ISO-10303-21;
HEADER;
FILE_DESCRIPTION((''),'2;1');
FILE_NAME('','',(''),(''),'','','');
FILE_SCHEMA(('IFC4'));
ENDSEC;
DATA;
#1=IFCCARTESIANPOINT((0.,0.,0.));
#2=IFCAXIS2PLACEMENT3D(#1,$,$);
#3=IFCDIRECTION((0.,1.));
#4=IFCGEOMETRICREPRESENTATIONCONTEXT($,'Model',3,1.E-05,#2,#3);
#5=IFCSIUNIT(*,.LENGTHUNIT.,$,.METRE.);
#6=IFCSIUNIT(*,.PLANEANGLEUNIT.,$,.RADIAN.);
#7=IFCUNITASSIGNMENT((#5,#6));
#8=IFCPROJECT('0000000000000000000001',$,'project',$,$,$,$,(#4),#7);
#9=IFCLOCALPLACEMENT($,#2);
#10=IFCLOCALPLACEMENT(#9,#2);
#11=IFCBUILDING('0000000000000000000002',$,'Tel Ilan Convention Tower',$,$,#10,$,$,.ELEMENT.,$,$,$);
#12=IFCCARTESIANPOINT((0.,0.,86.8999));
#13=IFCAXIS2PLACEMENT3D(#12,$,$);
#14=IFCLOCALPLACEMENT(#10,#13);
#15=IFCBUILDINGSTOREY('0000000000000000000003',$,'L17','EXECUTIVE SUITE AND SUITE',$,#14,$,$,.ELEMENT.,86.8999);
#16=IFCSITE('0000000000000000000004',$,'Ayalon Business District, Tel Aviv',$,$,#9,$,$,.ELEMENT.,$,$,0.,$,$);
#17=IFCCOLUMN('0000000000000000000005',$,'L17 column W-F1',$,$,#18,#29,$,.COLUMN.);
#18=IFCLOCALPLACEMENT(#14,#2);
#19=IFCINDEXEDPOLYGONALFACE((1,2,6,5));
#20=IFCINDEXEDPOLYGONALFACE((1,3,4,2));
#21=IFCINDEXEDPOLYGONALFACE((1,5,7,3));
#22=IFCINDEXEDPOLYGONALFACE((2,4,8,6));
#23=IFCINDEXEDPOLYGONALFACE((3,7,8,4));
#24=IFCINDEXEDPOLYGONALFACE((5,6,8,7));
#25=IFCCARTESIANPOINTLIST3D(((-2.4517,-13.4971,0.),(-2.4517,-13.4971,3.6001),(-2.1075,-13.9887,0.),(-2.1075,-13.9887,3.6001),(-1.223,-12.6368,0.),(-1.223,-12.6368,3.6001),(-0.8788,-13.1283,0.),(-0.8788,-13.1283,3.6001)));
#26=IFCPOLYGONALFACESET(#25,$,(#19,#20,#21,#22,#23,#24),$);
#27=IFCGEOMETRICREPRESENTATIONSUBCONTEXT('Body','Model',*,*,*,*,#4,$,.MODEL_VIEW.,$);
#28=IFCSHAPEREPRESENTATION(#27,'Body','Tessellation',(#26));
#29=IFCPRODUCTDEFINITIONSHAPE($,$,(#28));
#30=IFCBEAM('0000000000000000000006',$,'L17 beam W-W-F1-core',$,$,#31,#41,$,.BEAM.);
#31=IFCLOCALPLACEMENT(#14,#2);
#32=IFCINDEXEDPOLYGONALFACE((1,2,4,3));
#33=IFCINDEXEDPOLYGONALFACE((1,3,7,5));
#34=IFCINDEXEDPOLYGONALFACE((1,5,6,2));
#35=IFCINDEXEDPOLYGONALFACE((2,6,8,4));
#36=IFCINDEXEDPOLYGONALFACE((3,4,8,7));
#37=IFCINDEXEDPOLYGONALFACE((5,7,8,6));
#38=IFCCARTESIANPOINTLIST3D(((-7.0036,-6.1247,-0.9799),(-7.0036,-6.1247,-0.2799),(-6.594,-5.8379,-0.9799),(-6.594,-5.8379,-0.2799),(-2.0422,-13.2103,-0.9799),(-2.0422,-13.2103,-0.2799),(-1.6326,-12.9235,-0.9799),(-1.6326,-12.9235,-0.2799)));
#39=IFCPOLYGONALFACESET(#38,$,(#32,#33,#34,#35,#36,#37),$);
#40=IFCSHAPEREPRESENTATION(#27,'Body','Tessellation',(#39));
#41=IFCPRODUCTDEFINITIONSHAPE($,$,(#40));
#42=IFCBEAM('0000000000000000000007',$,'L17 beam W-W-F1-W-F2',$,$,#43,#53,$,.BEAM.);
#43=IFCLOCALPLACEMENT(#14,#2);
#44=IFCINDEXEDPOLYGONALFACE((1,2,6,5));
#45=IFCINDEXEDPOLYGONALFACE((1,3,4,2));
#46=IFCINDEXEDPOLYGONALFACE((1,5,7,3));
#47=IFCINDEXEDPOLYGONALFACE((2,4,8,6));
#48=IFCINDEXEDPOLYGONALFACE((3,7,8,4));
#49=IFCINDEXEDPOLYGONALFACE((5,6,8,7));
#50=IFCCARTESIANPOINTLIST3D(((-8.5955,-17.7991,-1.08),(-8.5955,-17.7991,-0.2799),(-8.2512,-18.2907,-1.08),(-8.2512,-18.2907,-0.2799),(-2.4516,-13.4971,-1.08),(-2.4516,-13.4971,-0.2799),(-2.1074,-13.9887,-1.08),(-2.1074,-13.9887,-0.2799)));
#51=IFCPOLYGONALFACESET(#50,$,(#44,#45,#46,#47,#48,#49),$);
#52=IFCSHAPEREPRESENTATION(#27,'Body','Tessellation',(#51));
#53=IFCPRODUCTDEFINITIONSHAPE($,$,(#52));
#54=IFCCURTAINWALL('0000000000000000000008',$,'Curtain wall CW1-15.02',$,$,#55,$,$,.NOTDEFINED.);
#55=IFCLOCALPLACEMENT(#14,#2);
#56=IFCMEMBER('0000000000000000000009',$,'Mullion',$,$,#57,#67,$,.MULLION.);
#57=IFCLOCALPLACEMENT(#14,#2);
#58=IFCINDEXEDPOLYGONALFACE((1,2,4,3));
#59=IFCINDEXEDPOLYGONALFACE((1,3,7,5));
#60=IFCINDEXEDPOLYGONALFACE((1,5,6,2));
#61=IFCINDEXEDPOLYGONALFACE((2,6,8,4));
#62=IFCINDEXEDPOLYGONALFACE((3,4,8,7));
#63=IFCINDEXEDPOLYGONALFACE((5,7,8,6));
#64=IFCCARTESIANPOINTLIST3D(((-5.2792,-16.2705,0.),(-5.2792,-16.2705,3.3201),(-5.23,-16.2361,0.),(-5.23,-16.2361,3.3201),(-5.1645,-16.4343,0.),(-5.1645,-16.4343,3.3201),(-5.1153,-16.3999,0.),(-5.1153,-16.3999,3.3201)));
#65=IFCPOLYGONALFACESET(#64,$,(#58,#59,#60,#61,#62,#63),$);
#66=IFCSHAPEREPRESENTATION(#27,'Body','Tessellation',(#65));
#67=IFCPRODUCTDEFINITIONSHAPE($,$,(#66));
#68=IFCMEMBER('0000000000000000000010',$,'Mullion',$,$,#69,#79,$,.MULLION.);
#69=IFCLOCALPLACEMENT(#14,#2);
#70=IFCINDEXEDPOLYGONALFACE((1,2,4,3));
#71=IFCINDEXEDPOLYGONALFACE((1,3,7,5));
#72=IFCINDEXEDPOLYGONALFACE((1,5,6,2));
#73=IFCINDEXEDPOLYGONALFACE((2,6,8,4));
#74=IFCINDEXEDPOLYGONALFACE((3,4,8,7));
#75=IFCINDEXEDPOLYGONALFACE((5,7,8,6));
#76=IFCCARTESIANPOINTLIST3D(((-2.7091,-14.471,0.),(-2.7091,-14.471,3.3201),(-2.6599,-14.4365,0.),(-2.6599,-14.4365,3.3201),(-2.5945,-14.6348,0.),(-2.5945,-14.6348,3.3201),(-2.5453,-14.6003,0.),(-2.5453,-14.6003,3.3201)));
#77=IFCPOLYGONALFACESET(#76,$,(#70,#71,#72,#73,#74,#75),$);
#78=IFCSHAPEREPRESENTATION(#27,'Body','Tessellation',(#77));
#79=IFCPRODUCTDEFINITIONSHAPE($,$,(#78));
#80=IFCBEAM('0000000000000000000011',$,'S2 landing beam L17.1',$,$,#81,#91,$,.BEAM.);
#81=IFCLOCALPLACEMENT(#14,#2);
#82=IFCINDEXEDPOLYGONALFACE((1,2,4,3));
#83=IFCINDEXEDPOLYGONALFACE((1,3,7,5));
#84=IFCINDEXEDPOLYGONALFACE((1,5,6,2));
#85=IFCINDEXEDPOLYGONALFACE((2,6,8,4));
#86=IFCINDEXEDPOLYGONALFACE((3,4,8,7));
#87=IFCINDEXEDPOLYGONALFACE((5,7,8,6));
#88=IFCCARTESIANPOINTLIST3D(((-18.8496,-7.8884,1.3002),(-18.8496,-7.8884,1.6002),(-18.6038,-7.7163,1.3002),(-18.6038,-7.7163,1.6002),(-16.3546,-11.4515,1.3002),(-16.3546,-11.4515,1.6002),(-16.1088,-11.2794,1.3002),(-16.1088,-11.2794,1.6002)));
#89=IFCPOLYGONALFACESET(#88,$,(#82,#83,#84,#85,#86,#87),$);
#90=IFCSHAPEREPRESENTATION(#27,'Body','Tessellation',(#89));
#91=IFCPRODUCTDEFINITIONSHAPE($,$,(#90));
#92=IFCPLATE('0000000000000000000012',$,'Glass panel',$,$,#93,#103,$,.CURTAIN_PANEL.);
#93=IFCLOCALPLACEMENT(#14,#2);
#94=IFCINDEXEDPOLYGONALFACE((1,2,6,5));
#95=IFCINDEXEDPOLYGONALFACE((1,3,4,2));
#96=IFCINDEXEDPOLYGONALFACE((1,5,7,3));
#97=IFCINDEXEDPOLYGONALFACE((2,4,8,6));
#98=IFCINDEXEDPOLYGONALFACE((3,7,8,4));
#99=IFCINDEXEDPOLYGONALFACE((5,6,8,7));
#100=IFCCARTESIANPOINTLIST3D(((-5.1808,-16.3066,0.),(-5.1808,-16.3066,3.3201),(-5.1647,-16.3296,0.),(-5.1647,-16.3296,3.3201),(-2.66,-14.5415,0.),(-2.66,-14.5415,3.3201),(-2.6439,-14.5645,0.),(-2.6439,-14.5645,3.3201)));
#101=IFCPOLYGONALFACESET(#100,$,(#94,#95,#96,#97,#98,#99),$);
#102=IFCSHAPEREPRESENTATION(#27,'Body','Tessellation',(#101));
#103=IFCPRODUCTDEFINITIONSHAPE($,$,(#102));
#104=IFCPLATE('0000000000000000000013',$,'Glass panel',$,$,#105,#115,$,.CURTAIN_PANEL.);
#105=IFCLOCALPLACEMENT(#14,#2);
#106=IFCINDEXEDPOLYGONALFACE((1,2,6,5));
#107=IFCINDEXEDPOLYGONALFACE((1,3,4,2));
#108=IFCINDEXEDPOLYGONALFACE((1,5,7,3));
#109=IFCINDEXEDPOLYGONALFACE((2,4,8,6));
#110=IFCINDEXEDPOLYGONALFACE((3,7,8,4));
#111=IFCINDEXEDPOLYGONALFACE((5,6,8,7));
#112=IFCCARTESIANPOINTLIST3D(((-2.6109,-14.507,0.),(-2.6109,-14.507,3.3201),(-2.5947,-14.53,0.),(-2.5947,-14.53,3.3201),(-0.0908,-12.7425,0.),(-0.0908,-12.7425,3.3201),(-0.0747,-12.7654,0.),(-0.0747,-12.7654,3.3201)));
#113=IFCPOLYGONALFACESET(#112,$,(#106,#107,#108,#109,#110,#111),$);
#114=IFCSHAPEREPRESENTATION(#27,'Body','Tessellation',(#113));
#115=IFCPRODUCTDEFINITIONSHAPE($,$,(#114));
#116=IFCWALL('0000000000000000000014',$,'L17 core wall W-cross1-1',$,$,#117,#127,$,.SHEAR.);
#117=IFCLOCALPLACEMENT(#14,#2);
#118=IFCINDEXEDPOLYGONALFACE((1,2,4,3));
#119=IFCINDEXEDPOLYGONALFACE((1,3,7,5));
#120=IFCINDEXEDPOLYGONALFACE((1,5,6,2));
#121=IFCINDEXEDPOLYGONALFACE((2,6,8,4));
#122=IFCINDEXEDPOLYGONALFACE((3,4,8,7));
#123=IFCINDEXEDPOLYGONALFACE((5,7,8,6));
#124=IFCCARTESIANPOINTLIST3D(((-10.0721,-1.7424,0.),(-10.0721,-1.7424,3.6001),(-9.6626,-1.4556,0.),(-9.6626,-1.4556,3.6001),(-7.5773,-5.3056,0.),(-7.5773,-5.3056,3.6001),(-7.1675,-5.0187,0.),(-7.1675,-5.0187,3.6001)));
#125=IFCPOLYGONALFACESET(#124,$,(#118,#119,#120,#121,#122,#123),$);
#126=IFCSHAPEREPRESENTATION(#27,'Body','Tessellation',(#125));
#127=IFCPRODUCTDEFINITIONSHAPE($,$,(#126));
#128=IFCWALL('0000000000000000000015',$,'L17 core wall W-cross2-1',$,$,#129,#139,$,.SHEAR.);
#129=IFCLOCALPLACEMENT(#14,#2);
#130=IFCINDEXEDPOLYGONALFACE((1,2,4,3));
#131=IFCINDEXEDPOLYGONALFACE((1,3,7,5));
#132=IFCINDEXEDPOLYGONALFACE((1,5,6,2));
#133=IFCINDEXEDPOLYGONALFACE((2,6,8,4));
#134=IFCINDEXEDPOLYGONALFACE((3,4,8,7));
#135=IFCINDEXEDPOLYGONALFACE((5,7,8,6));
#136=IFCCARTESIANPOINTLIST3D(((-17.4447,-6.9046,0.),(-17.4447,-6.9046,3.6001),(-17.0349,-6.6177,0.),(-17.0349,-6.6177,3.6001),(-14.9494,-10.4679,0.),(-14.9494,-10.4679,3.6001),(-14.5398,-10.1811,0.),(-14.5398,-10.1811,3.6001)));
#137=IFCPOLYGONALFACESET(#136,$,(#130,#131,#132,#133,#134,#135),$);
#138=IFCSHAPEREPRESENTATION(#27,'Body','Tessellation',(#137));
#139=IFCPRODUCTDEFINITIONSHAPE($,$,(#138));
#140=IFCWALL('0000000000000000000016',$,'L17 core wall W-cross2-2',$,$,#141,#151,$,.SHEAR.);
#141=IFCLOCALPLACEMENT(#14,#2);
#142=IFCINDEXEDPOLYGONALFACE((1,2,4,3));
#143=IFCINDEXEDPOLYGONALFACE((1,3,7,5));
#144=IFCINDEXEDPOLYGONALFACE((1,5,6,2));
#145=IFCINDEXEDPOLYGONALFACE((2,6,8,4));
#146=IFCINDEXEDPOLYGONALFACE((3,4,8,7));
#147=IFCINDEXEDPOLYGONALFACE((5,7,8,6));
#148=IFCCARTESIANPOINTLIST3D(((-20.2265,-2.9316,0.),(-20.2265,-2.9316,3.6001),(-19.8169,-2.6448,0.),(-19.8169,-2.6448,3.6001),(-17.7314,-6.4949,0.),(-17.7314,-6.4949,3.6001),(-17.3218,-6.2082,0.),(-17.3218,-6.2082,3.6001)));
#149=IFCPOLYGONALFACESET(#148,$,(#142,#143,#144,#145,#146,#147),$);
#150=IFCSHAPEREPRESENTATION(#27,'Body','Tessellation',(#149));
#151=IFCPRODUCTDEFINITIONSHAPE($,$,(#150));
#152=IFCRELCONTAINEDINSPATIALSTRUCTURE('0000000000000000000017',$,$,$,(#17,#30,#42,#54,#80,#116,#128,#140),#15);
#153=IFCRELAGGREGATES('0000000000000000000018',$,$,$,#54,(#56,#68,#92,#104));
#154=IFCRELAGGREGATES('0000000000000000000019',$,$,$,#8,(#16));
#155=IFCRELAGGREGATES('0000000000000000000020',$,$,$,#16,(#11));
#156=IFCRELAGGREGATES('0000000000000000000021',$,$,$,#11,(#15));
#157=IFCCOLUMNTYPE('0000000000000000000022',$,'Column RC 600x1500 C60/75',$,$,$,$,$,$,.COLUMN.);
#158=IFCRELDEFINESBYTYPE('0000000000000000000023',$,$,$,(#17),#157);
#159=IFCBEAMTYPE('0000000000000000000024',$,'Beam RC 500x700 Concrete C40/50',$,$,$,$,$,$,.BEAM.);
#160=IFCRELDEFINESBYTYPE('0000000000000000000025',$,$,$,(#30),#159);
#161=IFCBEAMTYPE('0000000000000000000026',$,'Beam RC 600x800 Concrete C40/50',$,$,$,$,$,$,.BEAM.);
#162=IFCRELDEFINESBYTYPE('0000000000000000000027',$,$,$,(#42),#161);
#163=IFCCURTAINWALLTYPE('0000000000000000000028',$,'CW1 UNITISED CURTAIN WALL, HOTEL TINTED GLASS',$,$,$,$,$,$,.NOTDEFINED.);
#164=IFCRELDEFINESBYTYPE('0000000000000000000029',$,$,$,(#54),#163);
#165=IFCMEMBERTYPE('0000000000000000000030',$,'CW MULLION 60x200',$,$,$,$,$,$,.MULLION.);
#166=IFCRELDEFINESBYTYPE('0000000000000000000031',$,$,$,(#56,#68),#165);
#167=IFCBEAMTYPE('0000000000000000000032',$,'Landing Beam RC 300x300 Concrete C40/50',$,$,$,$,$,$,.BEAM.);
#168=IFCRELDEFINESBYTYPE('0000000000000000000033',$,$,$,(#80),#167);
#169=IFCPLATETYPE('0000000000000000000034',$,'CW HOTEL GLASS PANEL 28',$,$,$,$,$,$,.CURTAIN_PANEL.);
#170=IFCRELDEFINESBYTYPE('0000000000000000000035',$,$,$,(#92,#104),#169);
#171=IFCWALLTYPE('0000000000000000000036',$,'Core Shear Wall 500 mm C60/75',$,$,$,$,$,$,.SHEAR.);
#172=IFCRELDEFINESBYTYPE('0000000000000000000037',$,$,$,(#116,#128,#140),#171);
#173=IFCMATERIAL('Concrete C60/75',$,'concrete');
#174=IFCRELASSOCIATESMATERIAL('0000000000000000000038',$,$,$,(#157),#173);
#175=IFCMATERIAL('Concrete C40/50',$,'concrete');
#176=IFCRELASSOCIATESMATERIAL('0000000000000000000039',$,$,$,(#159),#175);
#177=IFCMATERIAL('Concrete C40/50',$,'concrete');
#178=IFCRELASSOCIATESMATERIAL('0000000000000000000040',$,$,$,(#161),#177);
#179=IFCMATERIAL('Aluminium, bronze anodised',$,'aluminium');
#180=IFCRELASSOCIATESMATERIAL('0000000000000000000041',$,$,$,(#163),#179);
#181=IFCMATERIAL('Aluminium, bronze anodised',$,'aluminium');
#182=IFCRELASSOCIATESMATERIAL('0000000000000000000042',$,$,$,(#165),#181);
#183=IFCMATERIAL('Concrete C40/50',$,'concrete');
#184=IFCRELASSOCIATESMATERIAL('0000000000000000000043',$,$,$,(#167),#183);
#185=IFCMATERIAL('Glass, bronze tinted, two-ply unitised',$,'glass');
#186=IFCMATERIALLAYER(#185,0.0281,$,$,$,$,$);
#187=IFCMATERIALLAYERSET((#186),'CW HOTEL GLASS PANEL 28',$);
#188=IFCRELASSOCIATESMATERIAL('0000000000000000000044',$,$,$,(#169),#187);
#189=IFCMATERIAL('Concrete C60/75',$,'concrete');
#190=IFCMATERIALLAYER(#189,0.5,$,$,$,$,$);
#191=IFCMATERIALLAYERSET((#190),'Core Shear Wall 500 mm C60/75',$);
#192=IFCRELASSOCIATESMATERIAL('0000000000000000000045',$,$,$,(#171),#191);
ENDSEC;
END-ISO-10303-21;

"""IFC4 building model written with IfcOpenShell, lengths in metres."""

from ifc_helpers import new_model, si_unit, direction, frame, origin, origin_2d, place, context, subcontext, project, spatial, polyline, rectangle, outline, extrude, material, layer, layer_set, material_profile, profile_set, type_object, element, aggregate, save


model = new_model("IFC4")

# Units and contexts
model_context = context("Model", 3, precision=1e-05, world=origin(), true_north=direction((0.0, 1.0)))
body_context = subcontext(model_context, "Body", "Model", "MODEL_VIEW")
ifc_project = project(units=[si_unit("LENGTHUNIT", "METRE"), si_unit("PLANEANGLEUNIT", "RADIAN")], contexts=[model_context])

# Site, building, storey
site_placement = place(None, origin())
site = spatial("IfcSite", under=ifc_project, at=site_placement, Name="Ayalon Business District, Tel Aviv", CompositionType="ELEMENT", RefElevation=0.0)
building_placement = place(site_placement, origin())
building = spatial("IfcBuilding", under=site, at=building_placement, Name="Tel Ilan Convention Tower", CompositionType="ELEMENT")
storey_placement = place(building_placement, frame((0.0, 0.0, 86.8999)))
storey = spatial("IfcBuildingStorey", under=building, at=storey_placement, Name="L17", Description="EXECUTIVE SUITE AND SUITE", CompositionType="ELEMENT", Elevation=86.8999)

# Column
ifc_material_1 = material(Name="Concrete C60/75", Category="concrete")
ifc_material_profile_1 = material_profile(ifc_material_1, rectangle(XDim=1.5, YDim=0.6001, at=origin_2d()), Name="RC 600x1500")
ifc_profile_set_1 = profile_set([ifc_material_profile_1], Name="Concrete C60/75")
column_type = type_object("IfcColumnType", Name="Column RC 600x1500 C60/75", PredefinedType="COLUMN", material=ifc_profile_set_1)
column_placement = place(storey_placement, frame((-1.6653, -13.3127, 0.0), z_axis=(0.0, 0.0, 1.0), x_axis=(-0.819152, -0.573576, 0.0)))
element("IfcColumn", 1, at=column_placement, inside=storey, type_object=column_type, Name="L17 column W-F1", PredefinedType="COLUMN", context=body_context, shape_type="SweptSolid", body=[
    extrude(rectangle(XDim=1.5, YDim=0.6001, at=origin_2d()), origin(), (0.0, 0.0, 1.0), 3.6001),
])

# Beams
ifc_material_2 = material(Name="Concrete C40/50", Category="concrete")
ifc_material_profile_2 = material_profile(ifc_material_2, rectangle(XDim=0.5, YDim=0.7, at=origin_2d()), Name="RC 500x700")
ifc_profile_set_2 = profile_set([ifc_material_profile_2], Name="Concrete C40/50")
beam_type_1 = type_object("IfcBeamType", Name="Beam RC 500x700 Concrete C40/50", PredefinedType="BEAM", material=ifc_profile_set_2)
beam_1_placement = place(storey_placement, frame((-1.8374, -13.0669, -0.6299), z_axis=(-0.573574, 0.819154, 0.0), x_axis=(-0.819154, -0.573574, 0.0)))
element("IfcBeam", 2, at=beam_1_placement, inside=storey, type_object=beam_type_1, Name="L17 beam W-W-F1-core", PredefinedType="BEAM", context=body_context, shape_type="SweptSolid", body=[
    extrude(rectangle(XDim=0.5, YDim=0.7, at=origin_2d()), origin(), (0.0, 0.0, 1.0), 8.6499),
])
ifc_material_3 = material(Name="Concrete C40/50", Category="concrete")
ifc_material_profile_3 = material_profile(ifc_material_3, rectangle(XDim=0.6001, YDim=0.8, at=origin_2d()), Name="RC 600x800")
ifc_profile_set_3 = profile_set([ifc_material_profile_3], Name="Concrete C40/50")
beam_type_2 = type_object("IfcBeamType", Name="Beam RC 600x800 Concrete C40/50", PredefinedType="BEAM", material=ifc_profile_set_3)
beam_2_placement = place(storey_placement, frame((-2.2795, -13.7429, -0.6799), z_axis=(-0.819148, -0.573582, 0.0), x_axis=(0.573582, -0.819148, 0.0)))
element("IfcBeam", 3, at=beam_2_placement, inside=storey, type_object=beam_type_2, Name="L17 beam W-W-F1-W-F2", PredefinedType="BEAM", context=body_context, shape_type="SweptSolid", body=[
    extrude(rectangle(XDim=0.6001, YDim=0.8, at=origin_2d()), origin(), (0.0, 0.0, 1.0), 7.5002),
])

# Curtain wall, members
ifc_material_4 = material(Name="Aluminium, bronze anodised", Category="aluminium")
curtain_wall_type = type_object("IfcCurtainWallType", Name="CW1 UNITISED CURTAIN WALL, HOTEL TINTED GLASS", PredefinedType="NOTDEFINED", material=ifc_material_4)
curtain_wall_placement = place(storey_placement, origin())
curtain_wall = element("IfcCurtainWall", 4, at=curtain_wall_placement, inside=storey, type_object=curtain_wall_type, Name="Curtain wall CW1-15.02", PredefinedType="NOTDEFINED")
ifc_material_5 = material(Name="Aluminium, bronze anodised", Category="aluminium")
ifc_material_profile_4 = material_profile(ifc_material_5, rectangle(XDim=0.0601, YDim=0.2, at=origin_2d()), Name="CW MULLION 60x200")
ifc_profile_set_4 = profile_set([ifc_material_profile_4], Name="Aluminium, bronze anodised")
member_type = type_object("IfcMemberType", Name="CW MULLION 60x200", PredefinedType="MULLION", material=ifc_profile_set_4)
member_1_placement = place(storey_placement, frame((-5.1973, -16.3352, 0.0), z_axis=(0.0, 0.0, 1.0), x_axis=(0.819152, 0.573576, 0.0)))
member_1 = element("IfcMember", 5, at=member_1_placement, type_object=member_type, Name="Mullion", PredefinedType="MULLION", context=body_context, shape_type="SweptSolid", body=[
    extrude(rectangle(XDim=0.0601, YDim=0.2, at=origin_2d()), origin(), (0.0, 0.0, 1.0), 3.3201),
])
member_2_placement = place(storey_placement, frame((-2.6272, -14.5356, 0.0), z_axis=(0.0, 0.0, 1.0), x_axis=(0.819152, 0.573576, 0.0)))
member_2 = element("IfcMember", 6, at=member_2_placement, type_object=member_type, Name="Mullion", PredefinedType="MULLION", context=body_context, shape_type="SweptSolid", body=[
    extrude(rectangle(XDim=0.0601, YDim=0.2, at=origin_2d()), origin(), (0.0, 0.0, 1.0), 3.3201),
])

# Beam
ifc_material_6 = material(Name="Concrete C40/50", Category="concrete")
ifc_material_profile_5 = material_profile(ifc_material_6, rectangle(XDim=0.3, YDim=0.3, at=origin_2d()), Name="RC 300x300")
ifc_profile_set_5 = profile_set([ifc_material_profile_5], Name="Concrete C40/50")
beam_type_3 = type_object("IfcBeamType", Name="Landing Beam RC 300x300 Concrete C40/50", PredefinedType="BEAM", material=ifc_profile_set_5)
beam_3_placement = place(storey_placement, frame((-16.2317, -11.3655, 1.4502), z_axis=(-0.573594, 0.81914, 0.0), x_axis=(-0.81914, -0.573594, 0.0)))
element("IfcBeam", 7, at=beam_3_placement, inside=storey, type_object=beam_type_3, Name="S2 landing beam L17.1", PredefinedType="BEAM", context=body_context, shape_type="SweptSolid", body=[
    extrude(rectangle(XDim=0.3, YDim=0.3, at=origin_2d()), origin(), (0.0, 0.0, 1.0), 4.3499),
])

# Plates
ifc_material_7 = material(Name="Glass, bronze tinted, two-ply unitised", Category="glass")
ifc_layer_1 = layer(ifc_material_7, 0.0281)
ifc_layer_set_1 = layer_set([ifc_layer_1], Name="CW HOTEL GLASS PANEL 28")
plate_type = type_object("IfcPlateType", Name="CW HOTEL GLASS PANEL 28", PredefinedType="CURTAIN_PANEL", material=ifc_layer_set_1)
plate_1_placement = place(storey_placement, frame((-3.9124, -15.4355, 0.0), z_axis=(0.0, 0.0, 1.0), x_axis=(0.819152, 0.573576, 0.0)))
plate_1 = element("IfcPlate", 8, at=plate_1_placement, type_object=plate_type, Name="Glass panel", PredefinedType="CURTAIN_PANEL", context=body_context, shape_type="SweptSolid", body=[
    extrude(rectangle(XDim=3.0774, YDim=0.0281, at=origin_2d()), origin(), (0.0, 0.0, 1.0), 3.3201),
])
plate_2_placement = place(storey_placement, frame((-1.3428, -13.6362, 0.0), z_axis=(0.0, 0.0, 1.0), x_axis=(0.819152, 0.573576, 0.0)))
plate_2 = element("IfcPlate", 9, at=plate_2_placement, type_object=plate_type, Name="Glass panel", PredefinedType="CURTAIN_PANEL", context=body_context, shape_type="SweptSolid", body=[
    extrude(rectangle(XDim=3.0764, YDim=0.0281, at=origin_2d()), origin(), (0.0, 0.0, 1.0), 3.3201),
])
aggregate(curtain_wall, [member_1, member_2, plate_1, plate_2])

# Walls
ifc_material_8 = material(Name="Concrete C60/75", Category="concrete")
ifc_layer_2 = layer(ifc_material_8, 0.5)
ifc_layer_set_2 = layer_set([ifc_layer_2], Name="Core Shear Wall 500 mm C60/75")
wall_type_1 = type_object("IfcWallType", Name="Core Shear Wall 500 mm C60/75", PredefinedType="SHEAR", material=ifc_layer_set_2)
wall_1_placement = place(storey_placement, frame((-7.3723, -5.1621, 0.0), z_axis=(0.0, 0.0, 1.0), x_axis=(-0.573594, 0.81914, 0.0)))
element("IfcWall", 10, at=wall_1_placement, inside=storey, type_object=wall_type_1, Name="L17 core wall W-cross1-1", PredefinedType="SHEAR", context=body_context, shape_type="SweptSolid", body=[
    extrude(outline(polyline([(4.3499, 0.25), (0.0, 0.2502), (0.0, -0.25), (4.3499, -0.25), (4.3499, 0.25)])), origin(), (0.0, 0.0, 1.0), 3.6001),
])
wall_2_placement = place(storey_placement, frame((-14.7446, -10.3245, 0.0), z_axis=(0.0, 0.0, 1.0), x_axis=(-0.573568, 0.819158, 0.0)))
element("IfcWall", 11, at=wall_2_placement, inside=storey, type_object=wall_type_1, Name="L17 core wall W-cross2-1", PredefinedType="SHEAR", context=body_context, shape_type="SweptSolid", body=[
    extrude(outline(polyline([(4.3501, 0.2502), (0.0, 0.25), (0.0, -0.25), (4.3501, -0.25), (4.3501, 0.2502)])), origin(), (0.0, 0.0, 1.0), 3.6001),
])
wall_3_placement = place(storey_placement, frame((-17.5266, -6.3516, 0.0), z_axis=(0.0, 0.0, 1.0), x_axis=(-0.57353, 0.819184, 0.0)))
element("IfcWall", 12, at=wall_3_placement, inside=storey, type_object=wall_type_1, Name="L17 core wall W-cross2-2", PredefinedType="SHEAR", context=body_context, shape_type="SweptSolid", body=[
    extrude(outline(polyline([(4.3501, -0.2498), (4.3501, 0.2502), (0.0, 0.25), (0.0, -0.25), (4.3501, -0.2498)])), origin(), (0.0, 0.0, 1.0), 3.6001),
])

save(model, "model.ifc")
